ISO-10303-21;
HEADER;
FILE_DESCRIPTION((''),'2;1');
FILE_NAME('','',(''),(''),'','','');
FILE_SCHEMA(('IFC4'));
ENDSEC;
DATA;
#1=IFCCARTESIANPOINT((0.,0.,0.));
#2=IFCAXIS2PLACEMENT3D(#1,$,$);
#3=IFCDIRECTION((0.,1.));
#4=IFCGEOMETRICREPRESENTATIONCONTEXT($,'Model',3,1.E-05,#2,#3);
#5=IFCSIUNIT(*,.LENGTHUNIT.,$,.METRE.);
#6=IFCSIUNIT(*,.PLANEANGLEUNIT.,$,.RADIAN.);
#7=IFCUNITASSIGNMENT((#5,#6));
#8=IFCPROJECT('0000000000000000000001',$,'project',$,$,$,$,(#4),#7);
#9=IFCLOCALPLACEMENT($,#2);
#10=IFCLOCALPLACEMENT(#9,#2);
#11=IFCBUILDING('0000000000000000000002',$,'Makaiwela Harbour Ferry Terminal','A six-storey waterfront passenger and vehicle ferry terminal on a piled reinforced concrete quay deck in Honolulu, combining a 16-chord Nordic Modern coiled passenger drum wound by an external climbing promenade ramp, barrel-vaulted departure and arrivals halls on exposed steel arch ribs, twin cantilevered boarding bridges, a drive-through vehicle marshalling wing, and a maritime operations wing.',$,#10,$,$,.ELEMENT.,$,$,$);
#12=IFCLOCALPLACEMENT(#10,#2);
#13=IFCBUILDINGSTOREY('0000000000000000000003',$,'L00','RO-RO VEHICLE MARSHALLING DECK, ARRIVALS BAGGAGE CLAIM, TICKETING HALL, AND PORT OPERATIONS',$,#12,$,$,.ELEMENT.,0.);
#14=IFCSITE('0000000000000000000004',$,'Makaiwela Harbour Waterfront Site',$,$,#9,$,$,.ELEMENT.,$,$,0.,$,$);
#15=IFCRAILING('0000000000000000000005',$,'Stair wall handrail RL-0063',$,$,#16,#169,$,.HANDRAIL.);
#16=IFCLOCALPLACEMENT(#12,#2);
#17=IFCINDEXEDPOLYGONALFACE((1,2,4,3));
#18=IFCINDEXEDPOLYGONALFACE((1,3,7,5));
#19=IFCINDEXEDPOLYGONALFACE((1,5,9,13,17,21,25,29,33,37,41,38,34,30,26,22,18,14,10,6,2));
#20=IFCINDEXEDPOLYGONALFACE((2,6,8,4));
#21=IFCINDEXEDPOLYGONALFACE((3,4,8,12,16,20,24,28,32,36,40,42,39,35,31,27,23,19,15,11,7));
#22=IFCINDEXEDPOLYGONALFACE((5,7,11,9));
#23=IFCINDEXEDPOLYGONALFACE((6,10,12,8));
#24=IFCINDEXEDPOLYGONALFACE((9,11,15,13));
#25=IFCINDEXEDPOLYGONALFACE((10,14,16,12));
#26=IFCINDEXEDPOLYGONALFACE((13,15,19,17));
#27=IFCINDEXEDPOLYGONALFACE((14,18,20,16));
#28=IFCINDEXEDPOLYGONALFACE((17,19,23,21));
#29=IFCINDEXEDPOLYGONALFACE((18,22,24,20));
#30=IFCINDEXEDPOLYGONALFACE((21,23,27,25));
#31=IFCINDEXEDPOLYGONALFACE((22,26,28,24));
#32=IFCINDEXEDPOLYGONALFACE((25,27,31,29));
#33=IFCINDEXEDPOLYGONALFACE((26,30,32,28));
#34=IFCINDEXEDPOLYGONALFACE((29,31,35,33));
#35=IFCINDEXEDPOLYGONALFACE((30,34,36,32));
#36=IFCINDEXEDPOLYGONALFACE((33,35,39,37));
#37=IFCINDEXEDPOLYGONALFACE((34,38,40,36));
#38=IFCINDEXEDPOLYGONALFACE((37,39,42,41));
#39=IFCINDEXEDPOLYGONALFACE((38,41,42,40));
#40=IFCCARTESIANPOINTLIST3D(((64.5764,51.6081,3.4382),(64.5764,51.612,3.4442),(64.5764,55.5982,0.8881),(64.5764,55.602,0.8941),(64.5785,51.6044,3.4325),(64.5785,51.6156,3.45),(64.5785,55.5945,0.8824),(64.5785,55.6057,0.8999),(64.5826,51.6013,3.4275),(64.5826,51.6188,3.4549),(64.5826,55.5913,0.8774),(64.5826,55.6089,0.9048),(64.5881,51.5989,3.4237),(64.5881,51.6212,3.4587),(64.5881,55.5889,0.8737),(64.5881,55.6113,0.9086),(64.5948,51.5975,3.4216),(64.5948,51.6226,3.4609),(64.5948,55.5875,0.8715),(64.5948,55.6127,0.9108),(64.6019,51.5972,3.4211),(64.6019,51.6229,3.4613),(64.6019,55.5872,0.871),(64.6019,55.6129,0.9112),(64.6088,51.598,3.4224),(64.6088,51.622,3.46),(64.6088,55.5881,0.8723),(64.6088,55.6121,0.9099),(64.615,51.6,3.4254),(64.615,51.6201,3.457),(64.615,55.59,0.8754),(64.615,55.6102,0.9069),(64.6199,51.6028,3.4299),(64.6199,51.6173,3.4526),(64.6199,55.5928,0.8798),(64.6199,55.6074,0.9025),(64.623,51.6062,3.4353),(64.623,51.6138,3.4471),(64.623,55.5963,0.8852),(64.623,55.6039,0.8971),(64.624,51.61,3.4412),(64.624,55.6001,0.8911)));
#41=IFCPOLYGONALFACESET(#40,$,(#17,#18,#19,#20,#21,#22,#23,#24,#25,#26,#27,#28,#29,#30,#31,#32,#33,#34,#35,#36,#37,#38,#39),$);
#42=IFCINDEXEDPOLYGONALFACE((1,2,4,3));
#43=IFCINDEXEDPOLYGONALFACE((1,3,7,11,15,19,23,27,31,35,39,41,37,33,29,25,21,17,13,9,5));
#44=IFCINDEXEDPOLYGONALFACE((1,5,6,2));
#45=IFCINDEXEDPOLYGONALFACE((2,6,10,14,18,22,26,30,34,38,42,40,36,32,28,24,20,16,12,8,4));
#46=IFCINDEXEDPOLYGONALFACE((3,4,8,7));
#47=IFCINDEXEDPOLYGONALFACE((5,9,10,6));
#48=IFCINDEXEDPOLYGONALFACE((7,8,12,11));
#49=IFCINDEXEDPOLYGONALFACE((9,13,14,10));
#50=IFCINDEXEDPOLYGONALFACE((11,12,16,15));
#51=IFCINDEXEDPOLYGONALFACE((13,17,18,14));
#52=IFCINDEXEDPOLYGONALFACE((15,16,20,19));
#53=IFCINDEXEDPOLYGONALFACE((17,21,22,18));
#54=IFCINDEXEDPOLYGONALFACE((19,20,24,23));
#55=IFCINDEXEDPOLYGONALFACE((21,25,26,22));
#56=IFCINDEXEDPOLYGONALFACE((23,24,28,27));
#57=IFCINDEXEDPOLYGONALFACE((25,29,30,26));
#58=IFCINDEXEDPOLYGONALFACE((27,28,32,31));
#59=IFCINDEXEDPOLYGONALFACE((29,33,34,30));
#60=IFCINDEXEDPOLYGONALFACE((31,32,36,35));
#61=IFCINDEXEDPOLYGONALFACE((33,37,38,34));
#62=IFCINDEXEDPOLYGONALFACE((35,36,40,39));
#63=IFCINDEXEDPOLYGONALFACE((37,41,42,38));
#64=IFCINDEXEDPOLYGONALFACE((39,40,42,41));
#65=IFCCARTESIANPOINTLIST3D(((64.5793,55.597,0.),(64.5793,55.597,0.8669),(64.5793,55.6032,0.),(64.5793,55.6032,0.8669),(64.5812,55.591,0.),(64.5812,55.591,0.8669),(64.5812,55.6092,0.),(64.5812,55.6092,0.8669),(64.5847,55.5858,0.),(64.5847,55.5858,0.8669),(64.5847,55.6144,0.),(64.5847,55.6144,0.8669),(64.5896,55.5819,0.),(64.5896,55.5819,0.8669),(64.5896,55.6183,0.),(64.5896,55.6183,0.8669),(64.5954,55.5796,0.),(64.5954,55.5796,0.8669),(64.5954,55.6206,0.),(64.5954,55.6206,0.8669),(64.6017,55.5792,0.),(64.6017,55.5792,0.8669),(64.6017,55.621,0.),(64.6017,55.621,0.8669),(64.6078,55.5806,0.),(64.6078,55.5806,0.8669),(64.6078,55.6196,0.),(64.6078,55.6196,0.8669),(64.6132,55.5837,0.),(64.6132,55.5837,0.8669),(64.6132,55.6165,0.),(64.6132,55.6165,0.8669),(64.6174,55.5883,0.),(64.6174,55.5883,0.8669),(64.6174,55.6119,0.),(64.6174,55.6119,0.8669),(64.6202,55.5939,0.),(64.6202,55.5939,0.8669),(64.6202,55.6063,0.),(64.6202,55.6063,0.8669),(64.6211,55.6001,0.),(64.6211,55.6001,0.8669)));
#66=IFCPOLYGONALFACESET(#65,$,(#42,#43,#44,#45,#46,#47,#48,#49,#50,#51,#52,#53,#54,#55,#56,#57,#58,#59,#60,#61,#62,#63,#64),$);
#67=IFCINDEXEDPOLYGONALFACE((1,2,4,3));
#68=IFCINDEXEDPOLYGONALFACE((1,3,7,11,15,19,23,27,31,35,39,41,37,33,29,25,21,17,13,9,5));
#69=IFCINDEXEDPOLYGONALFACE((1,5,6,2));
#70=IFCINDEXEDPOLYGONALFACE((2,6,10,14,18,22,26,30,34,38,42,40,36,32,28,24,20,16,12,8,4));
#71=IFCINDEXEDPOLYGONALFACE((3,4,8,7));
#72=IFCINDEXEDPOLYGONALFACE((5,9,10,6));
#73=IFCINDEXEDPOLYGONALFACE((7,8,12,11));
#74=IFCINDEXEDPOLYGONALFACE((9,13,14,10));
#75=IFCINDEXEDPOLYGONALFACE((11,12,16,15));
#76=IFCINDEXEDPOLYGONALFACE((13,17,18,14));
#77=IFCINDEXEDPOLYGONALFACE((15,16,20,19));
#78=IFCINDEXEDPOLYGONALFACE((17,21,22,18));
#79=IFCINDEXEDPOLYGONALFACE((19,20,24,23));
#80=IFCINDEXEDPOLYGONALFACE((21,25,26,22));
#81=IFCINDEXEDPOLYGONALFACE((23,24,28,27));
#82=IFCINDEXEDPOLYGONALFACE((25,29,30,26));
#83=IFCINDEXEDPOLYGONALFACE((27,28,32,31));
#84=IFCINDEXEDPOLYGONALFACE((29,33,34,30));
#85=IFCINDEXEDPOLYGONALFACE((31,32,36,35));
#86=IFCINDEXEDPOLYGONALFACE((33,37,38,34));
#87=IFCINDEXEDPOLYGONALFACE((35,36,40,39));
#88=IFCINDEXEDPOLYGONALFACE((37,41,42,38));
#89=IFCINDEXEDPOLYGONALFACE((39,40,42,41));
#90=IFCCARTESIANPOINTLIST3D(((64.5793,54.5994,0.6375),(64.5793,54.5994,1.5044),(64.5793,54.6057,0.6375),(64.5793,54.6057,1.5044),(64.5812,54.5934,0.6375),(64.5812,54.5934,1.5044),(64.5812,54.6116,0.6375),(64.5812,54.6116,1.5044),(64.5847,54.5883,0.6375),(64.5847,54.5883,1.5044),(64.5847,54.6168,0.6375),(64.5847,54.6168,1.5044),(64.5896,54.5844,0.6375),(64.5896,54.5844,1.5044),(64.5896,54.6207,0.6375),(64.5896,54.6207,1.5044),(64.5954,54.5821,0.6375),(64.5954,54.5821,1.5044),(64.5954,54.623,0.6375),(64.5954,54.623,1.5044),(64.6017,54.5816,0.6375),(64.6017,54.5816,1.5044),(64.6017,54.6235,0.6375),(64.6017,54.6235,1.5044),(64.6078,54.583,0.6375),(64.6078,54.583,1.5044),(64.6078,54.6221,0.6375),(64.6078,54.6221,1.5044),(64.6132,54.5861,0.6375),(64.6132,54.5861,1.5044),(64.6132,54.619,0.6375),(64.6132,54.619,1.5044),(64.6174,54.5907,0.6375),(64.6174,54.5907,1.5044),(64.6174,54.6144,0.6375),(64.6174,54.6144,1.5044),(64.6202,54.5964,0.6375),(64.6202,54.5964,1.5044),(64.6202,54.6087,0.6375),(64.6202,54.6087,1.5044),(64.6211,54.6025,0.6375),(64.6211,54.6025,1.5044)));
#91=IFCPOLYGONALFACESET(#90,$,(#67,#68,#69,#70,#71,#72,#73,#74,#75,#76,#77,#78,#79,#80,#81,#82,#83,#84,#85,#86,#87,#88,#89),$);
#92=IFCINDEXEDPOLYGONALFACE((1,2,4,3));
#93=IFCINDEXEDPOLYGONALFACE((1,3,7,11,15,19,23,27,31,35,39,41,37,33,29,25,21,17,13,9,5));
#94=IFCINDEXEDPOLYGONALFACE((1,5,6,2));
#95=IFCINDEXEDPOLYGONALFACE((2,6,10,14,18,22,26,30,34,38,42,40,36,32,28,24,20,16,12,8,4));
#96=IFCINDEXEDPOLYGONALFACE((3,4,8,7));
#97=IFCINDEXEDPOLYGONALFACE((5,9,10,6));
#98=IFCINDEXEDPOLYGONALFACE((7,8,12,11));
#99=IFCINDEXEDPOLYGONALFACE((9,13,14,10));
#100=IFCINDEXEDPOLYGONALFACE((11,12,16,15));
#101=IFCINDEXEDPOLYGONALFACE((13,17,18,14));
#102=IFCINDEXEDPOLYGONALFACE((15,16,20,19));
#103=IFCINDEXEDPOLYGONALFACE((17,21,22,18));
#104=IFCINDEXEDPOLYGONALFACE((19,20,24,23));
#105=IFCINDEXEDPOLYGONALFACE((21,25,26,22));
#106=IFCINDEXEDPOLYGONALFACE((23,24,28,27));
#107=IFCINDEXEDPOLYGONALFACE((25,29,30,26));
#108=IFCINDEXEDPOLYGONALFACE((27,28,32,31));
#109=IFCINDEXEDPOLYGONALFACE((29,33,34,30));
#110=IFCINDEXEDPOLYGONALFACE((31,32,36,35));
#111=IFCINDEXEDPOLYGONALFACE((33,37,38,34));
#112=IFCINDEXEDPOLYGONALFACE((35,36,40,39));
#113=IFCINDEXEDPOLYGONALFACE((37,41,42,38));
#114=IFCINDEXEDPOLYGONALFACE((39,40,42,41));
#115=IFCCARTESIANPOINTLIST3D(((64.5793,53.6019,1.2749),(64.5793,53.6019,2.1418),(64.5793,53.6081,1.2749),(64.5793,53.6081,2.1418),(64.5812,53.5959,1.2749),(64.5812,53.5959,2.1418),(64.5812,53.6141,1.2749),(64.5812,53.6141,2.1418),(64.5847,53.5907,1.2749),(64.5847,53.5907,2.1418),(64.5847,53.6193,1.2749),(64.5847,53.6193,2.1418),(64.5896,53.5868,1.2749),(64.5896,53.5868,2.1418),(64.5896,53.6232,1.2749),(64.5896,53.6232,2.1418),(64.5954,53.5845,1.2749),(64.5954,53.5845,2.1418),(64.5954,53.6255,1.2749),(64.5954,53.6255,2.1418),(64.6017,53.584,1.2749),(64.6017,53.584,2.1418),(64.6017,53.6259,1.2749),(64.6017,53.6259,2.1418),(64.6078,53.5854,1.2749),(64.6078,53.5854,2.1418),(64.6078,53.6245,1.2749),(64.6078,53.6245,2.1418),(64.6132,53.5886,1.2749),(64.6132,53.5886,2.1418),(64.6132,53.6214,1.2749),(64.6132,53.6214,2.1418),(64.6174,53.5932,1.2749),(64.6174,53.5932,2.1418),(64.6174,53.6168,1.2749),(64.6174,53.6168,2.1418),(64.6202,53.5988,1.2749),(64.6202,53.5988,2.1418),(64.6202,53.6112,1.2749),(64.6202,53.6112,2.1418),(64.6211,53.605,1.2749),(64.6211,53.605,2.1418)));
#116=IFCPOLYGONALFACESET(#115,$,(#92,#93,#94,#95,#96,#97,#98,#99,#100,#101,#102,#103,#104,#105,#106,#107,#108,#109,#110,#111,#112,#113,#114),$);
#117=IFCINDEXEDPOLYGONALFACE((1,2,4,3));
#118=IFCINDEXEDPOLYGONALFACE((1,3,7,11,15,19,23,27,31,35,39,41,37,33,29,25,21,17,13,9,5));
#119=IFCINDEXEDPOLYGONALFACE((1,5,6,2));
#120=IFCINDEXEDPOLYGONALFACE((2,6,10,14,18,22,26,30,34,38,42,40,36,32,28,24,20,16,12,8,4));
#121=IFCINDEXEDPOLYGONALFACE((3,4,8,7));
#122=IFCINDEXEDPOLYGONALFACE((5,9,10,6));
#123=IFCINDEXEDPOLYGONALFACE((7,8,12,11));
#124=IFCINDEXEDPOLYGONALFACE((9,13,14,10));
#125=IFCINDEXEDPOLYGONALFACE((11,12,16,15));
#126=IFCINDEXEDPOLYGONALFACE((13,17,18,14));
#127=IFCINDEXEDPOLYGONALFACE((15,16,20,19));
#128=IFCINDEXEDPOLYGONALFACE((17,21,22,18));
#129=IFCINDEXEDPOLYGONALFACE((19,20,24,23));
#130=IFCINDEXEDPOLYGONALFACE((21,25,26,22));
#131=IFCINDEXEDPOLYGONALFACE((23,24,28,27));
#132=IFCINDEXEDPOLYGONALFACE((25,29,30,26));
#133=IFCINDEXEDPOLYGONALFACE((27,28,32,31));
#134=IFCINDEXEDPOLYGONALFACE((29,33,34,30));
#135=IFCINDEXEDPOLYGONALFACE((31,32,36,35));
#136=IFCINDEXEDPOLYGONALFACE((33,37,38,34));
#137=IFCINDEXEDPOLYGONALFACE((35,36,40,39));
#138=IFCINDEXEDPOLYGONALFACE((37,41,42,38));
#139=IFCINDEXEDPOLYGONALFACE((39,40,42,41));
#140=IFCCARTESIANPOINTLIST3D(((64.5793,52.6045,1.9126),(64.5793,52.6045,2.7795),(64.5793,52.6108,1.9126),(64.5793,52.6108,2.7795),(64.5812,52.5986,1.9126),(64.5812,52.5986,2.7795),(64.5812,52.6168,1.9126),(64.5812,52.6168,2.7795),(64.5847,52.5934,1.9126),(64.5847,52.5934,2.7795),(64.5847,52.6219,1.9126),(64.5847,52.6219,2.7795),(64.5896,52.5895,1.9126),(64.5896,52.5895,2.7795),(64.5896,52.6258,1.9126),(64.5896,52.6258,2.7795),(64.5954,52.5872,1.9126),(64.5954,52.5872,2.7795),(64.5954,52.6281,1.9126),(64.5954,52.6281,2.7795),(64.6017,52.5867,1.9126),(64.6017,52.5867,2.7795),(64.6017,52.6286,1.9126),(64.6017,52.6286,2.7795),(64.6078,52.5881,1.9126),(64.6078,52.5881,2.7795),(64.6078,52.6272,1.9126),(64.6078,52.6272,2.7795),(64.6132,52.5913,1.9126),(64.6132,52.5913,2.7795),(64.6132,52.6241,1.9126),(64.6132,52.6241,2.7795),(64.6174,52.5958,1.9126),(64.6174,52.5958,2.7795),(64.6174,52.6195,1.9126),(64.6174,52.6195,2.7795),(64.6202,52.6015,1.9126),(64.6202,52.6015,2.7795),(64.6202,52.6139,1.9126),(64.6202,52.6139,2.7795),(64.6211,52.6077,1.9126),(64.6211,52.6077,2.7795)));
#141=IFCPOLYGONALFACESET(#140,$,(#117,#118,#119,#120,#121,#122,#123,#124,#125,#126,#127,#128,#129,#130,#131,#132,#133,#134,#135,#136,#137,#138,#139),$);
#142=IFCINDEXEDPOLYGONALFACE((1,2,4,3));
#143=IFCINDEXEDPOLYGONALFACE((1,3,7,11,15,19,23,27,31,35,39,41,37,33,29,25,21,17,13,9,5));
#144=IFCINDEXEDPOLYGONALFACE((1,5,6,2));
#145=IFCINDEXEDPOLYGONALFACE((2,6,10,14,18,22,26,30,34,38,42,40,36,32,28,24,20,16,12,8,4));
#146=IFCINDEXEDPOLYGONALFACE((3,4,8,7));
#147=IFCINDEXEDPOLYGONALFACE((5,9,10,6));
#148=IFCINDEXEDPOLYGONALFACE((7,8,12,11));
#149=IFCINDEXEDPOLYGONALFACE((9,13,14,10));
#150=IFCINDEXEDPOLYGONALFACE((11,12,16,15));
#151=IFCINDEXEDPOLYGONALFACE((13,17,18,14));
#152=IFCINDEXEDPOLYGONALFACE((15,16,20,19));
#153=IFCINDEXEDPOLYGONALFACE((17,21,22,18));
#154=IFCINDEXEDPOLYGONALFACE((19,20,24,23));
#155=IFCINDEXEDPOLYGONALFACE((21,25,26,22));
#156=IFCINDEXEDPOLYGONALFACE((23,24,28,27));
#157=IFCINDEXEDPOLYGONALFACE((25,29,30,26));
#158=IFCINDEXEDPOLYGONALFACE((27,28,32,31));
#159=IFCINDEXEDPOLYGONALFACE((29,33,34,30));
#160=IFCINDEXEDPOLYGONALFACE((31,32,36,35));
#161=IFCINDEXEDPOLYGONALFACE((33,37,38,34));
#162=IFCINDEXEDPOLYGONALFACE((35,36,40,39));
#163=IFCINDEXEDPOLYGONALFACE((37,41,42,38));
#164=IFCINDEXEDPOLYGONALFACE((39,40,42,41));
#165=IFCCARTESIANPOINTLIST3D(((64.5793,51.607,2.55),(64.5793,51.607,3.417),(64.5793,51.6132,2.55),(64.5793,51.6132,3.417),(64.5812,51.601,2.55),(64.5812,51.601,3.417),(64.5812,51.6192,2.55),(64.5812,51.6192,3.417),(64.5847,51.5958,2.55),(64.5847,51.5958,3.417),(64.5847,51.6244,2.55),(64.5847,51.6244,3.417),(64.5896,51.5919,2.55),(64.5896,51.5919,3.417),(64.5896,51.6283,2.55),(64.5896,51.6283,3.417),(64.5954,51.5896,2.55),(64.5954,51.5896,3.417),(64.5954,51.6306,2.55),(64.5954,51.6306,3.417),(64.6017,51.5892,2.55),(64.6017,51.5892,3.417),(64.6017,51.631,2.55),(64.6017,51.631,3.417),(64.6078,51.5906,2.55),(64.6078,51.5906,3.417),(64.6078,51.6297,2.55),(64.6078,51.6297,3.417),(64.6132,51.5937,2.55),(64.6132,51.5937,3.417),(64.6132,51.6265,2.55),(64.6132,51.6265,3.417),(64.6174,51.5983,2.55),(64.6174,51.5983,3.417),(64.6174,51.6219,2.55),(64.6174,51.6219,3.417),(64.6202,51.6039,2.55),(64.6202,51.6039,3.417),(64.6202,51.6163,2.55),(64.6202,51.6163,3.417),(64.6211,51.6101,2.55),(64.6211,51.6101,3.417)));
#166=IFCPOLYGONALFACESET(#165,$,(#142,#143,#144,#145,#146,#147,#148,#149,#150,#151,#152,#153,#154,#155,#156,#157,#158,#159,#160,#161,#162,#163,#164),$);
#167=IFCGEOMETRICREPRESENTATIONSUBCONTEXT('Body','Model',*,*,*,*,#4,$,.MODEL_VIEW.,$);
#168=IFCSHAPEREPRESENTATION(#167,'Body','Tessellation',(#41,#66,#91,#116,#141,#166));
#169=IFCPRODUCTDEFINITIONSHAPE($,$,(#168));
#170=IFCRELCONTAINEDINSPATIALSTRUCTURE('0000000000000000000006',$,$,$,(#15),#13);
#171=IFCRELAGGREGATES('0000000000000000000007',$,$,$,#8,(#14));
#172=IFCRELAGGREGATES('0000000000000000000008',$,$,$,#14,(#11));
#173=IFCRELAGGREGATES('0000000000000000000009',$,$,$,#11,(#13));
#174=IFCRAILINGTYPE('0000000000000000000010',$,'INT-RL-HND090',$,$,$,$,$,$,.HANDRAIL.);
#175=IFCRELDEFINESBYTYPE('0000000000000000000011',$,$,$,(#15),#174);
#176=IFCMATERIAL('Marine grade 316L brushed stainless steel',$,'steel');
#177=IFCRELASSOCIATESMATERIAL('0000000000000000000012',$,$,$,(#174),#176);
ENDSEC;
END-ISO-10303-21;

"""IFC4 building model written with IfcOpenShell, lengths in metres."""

from ifc_helpers import new_model, si_unit, direction, frame, origin, origin_2d, place, context, subcontext, project, spatial, circle, extrude, material, type_object, element, save


model = new_model("IFC4")

# Units and contexts
model_context = context("Model", 3, precision=1e-05, world=origin(), true_north=direction((0.0, 1.0)))
body_context = subcontext(model_context, "Body", "Model", "MODEL_VIEW")
ifc_project = project(units=[si_unit("LENGTHUNIT", "METRE"), si_unit("PLANEANGLEUNIT", "RADIAN")], contexts=[model_context])

# Site, building, storey
site_placement = place(None, origin())
site = spatial("IfcSite", under=ifc_project, at=site_placement, Name="Makaiwela Harbour Waterfront Site", CompositionType="ELEMENT", RefElevation=0.0)
building_placement = place(site_placement, origin())
building = spatial("IfcBuilding", under=site, at=building_placement, Name="Makaiwela Harbour Ferry Terminal", Description="A six-storey waterfront passenger and vehicle ferry terminal on a piled reinforced concrete quay deck in Honolulu, combining a 16-chord Nordic Modern coiled passenger drum wound by an external climbing promenade ramp, barrel-vaulted departure and arrivals halls on exposed steel arch ribs, twin cantilevered boarding bridges, a drive-through vehicle marshalling wing, and a maritime operations wing.", CompositionType="ELEMENT")
storey_placement = place(building_placement, origin())
storey = spatial("IfcBuildingStorey", under=building, at=storey_placement, Name="L00", Description="RO-RO VEHICLE MARSHALLING DECK, ARRIVALS BAGGAGE CLAIM, TICKETING HALL, AND PORT OPERATIONS", CompositionType="ELEMENT", Elevation=0.0)

# Railing
ifc_material_1 = material(Name="Marine grade 316L brushed stainless steel", Category="steel")
railing_type_1 = type_object("IfcRailingType", Name="INT-RL-HND090", PredefinedType="HANDRAIL", material=ifc_material_1)
railing_1_placement = place(storey_placement, frame((64.6001, 55.6001, 0.0)))
element("IfcRailing", 1, at=railing_1_placement, inside=storey, type_object=railing_type_1, Name="Stair wall handrail RL-0063", PredefinedType="HANDRAIL", context=body_context, shape_type="SweptSolid", body=[
    extrude(circle(Radius=0.0239, at=origin_2d()), frame((0.0, 0.0, 0.8911), z_axis=(0.0, -0.842611, 0.538523), x_axis=(1.0, 0.0, 0.0)), (0.0, 0.0, 1.0), 4.7354),
    extrude(circle(Radius=0.021, at=origin_2d()), origin(), (0.0, 0.0, 1.0), 0.8669),
    extrude(circle(Radius=0.021, at=origin_2d()), frame((0.0, -0.9976, 0.6375)), (0.0, 0.0, 1.0), 0.8669),
    extrude(circle(Radius=0.021, at=origin_2d()), frame((0.0, -1.9951, 1.2749)), (0.0, 0.0, 1.0), 0.8669),
    extrude(circle(Radius=0.021, at=origin_2d()), frame((0.0, -2.9924, 1.9126)), (0.0, 0.0, 1.0), 0.8669),
    extrude(circle(Radius=0.021, at=origin_2d()), frame((0.0, -3.99, 2.55)), (0.0, 0.0, 1.0), 0.8669),
])

save(model, "model.ifc")
